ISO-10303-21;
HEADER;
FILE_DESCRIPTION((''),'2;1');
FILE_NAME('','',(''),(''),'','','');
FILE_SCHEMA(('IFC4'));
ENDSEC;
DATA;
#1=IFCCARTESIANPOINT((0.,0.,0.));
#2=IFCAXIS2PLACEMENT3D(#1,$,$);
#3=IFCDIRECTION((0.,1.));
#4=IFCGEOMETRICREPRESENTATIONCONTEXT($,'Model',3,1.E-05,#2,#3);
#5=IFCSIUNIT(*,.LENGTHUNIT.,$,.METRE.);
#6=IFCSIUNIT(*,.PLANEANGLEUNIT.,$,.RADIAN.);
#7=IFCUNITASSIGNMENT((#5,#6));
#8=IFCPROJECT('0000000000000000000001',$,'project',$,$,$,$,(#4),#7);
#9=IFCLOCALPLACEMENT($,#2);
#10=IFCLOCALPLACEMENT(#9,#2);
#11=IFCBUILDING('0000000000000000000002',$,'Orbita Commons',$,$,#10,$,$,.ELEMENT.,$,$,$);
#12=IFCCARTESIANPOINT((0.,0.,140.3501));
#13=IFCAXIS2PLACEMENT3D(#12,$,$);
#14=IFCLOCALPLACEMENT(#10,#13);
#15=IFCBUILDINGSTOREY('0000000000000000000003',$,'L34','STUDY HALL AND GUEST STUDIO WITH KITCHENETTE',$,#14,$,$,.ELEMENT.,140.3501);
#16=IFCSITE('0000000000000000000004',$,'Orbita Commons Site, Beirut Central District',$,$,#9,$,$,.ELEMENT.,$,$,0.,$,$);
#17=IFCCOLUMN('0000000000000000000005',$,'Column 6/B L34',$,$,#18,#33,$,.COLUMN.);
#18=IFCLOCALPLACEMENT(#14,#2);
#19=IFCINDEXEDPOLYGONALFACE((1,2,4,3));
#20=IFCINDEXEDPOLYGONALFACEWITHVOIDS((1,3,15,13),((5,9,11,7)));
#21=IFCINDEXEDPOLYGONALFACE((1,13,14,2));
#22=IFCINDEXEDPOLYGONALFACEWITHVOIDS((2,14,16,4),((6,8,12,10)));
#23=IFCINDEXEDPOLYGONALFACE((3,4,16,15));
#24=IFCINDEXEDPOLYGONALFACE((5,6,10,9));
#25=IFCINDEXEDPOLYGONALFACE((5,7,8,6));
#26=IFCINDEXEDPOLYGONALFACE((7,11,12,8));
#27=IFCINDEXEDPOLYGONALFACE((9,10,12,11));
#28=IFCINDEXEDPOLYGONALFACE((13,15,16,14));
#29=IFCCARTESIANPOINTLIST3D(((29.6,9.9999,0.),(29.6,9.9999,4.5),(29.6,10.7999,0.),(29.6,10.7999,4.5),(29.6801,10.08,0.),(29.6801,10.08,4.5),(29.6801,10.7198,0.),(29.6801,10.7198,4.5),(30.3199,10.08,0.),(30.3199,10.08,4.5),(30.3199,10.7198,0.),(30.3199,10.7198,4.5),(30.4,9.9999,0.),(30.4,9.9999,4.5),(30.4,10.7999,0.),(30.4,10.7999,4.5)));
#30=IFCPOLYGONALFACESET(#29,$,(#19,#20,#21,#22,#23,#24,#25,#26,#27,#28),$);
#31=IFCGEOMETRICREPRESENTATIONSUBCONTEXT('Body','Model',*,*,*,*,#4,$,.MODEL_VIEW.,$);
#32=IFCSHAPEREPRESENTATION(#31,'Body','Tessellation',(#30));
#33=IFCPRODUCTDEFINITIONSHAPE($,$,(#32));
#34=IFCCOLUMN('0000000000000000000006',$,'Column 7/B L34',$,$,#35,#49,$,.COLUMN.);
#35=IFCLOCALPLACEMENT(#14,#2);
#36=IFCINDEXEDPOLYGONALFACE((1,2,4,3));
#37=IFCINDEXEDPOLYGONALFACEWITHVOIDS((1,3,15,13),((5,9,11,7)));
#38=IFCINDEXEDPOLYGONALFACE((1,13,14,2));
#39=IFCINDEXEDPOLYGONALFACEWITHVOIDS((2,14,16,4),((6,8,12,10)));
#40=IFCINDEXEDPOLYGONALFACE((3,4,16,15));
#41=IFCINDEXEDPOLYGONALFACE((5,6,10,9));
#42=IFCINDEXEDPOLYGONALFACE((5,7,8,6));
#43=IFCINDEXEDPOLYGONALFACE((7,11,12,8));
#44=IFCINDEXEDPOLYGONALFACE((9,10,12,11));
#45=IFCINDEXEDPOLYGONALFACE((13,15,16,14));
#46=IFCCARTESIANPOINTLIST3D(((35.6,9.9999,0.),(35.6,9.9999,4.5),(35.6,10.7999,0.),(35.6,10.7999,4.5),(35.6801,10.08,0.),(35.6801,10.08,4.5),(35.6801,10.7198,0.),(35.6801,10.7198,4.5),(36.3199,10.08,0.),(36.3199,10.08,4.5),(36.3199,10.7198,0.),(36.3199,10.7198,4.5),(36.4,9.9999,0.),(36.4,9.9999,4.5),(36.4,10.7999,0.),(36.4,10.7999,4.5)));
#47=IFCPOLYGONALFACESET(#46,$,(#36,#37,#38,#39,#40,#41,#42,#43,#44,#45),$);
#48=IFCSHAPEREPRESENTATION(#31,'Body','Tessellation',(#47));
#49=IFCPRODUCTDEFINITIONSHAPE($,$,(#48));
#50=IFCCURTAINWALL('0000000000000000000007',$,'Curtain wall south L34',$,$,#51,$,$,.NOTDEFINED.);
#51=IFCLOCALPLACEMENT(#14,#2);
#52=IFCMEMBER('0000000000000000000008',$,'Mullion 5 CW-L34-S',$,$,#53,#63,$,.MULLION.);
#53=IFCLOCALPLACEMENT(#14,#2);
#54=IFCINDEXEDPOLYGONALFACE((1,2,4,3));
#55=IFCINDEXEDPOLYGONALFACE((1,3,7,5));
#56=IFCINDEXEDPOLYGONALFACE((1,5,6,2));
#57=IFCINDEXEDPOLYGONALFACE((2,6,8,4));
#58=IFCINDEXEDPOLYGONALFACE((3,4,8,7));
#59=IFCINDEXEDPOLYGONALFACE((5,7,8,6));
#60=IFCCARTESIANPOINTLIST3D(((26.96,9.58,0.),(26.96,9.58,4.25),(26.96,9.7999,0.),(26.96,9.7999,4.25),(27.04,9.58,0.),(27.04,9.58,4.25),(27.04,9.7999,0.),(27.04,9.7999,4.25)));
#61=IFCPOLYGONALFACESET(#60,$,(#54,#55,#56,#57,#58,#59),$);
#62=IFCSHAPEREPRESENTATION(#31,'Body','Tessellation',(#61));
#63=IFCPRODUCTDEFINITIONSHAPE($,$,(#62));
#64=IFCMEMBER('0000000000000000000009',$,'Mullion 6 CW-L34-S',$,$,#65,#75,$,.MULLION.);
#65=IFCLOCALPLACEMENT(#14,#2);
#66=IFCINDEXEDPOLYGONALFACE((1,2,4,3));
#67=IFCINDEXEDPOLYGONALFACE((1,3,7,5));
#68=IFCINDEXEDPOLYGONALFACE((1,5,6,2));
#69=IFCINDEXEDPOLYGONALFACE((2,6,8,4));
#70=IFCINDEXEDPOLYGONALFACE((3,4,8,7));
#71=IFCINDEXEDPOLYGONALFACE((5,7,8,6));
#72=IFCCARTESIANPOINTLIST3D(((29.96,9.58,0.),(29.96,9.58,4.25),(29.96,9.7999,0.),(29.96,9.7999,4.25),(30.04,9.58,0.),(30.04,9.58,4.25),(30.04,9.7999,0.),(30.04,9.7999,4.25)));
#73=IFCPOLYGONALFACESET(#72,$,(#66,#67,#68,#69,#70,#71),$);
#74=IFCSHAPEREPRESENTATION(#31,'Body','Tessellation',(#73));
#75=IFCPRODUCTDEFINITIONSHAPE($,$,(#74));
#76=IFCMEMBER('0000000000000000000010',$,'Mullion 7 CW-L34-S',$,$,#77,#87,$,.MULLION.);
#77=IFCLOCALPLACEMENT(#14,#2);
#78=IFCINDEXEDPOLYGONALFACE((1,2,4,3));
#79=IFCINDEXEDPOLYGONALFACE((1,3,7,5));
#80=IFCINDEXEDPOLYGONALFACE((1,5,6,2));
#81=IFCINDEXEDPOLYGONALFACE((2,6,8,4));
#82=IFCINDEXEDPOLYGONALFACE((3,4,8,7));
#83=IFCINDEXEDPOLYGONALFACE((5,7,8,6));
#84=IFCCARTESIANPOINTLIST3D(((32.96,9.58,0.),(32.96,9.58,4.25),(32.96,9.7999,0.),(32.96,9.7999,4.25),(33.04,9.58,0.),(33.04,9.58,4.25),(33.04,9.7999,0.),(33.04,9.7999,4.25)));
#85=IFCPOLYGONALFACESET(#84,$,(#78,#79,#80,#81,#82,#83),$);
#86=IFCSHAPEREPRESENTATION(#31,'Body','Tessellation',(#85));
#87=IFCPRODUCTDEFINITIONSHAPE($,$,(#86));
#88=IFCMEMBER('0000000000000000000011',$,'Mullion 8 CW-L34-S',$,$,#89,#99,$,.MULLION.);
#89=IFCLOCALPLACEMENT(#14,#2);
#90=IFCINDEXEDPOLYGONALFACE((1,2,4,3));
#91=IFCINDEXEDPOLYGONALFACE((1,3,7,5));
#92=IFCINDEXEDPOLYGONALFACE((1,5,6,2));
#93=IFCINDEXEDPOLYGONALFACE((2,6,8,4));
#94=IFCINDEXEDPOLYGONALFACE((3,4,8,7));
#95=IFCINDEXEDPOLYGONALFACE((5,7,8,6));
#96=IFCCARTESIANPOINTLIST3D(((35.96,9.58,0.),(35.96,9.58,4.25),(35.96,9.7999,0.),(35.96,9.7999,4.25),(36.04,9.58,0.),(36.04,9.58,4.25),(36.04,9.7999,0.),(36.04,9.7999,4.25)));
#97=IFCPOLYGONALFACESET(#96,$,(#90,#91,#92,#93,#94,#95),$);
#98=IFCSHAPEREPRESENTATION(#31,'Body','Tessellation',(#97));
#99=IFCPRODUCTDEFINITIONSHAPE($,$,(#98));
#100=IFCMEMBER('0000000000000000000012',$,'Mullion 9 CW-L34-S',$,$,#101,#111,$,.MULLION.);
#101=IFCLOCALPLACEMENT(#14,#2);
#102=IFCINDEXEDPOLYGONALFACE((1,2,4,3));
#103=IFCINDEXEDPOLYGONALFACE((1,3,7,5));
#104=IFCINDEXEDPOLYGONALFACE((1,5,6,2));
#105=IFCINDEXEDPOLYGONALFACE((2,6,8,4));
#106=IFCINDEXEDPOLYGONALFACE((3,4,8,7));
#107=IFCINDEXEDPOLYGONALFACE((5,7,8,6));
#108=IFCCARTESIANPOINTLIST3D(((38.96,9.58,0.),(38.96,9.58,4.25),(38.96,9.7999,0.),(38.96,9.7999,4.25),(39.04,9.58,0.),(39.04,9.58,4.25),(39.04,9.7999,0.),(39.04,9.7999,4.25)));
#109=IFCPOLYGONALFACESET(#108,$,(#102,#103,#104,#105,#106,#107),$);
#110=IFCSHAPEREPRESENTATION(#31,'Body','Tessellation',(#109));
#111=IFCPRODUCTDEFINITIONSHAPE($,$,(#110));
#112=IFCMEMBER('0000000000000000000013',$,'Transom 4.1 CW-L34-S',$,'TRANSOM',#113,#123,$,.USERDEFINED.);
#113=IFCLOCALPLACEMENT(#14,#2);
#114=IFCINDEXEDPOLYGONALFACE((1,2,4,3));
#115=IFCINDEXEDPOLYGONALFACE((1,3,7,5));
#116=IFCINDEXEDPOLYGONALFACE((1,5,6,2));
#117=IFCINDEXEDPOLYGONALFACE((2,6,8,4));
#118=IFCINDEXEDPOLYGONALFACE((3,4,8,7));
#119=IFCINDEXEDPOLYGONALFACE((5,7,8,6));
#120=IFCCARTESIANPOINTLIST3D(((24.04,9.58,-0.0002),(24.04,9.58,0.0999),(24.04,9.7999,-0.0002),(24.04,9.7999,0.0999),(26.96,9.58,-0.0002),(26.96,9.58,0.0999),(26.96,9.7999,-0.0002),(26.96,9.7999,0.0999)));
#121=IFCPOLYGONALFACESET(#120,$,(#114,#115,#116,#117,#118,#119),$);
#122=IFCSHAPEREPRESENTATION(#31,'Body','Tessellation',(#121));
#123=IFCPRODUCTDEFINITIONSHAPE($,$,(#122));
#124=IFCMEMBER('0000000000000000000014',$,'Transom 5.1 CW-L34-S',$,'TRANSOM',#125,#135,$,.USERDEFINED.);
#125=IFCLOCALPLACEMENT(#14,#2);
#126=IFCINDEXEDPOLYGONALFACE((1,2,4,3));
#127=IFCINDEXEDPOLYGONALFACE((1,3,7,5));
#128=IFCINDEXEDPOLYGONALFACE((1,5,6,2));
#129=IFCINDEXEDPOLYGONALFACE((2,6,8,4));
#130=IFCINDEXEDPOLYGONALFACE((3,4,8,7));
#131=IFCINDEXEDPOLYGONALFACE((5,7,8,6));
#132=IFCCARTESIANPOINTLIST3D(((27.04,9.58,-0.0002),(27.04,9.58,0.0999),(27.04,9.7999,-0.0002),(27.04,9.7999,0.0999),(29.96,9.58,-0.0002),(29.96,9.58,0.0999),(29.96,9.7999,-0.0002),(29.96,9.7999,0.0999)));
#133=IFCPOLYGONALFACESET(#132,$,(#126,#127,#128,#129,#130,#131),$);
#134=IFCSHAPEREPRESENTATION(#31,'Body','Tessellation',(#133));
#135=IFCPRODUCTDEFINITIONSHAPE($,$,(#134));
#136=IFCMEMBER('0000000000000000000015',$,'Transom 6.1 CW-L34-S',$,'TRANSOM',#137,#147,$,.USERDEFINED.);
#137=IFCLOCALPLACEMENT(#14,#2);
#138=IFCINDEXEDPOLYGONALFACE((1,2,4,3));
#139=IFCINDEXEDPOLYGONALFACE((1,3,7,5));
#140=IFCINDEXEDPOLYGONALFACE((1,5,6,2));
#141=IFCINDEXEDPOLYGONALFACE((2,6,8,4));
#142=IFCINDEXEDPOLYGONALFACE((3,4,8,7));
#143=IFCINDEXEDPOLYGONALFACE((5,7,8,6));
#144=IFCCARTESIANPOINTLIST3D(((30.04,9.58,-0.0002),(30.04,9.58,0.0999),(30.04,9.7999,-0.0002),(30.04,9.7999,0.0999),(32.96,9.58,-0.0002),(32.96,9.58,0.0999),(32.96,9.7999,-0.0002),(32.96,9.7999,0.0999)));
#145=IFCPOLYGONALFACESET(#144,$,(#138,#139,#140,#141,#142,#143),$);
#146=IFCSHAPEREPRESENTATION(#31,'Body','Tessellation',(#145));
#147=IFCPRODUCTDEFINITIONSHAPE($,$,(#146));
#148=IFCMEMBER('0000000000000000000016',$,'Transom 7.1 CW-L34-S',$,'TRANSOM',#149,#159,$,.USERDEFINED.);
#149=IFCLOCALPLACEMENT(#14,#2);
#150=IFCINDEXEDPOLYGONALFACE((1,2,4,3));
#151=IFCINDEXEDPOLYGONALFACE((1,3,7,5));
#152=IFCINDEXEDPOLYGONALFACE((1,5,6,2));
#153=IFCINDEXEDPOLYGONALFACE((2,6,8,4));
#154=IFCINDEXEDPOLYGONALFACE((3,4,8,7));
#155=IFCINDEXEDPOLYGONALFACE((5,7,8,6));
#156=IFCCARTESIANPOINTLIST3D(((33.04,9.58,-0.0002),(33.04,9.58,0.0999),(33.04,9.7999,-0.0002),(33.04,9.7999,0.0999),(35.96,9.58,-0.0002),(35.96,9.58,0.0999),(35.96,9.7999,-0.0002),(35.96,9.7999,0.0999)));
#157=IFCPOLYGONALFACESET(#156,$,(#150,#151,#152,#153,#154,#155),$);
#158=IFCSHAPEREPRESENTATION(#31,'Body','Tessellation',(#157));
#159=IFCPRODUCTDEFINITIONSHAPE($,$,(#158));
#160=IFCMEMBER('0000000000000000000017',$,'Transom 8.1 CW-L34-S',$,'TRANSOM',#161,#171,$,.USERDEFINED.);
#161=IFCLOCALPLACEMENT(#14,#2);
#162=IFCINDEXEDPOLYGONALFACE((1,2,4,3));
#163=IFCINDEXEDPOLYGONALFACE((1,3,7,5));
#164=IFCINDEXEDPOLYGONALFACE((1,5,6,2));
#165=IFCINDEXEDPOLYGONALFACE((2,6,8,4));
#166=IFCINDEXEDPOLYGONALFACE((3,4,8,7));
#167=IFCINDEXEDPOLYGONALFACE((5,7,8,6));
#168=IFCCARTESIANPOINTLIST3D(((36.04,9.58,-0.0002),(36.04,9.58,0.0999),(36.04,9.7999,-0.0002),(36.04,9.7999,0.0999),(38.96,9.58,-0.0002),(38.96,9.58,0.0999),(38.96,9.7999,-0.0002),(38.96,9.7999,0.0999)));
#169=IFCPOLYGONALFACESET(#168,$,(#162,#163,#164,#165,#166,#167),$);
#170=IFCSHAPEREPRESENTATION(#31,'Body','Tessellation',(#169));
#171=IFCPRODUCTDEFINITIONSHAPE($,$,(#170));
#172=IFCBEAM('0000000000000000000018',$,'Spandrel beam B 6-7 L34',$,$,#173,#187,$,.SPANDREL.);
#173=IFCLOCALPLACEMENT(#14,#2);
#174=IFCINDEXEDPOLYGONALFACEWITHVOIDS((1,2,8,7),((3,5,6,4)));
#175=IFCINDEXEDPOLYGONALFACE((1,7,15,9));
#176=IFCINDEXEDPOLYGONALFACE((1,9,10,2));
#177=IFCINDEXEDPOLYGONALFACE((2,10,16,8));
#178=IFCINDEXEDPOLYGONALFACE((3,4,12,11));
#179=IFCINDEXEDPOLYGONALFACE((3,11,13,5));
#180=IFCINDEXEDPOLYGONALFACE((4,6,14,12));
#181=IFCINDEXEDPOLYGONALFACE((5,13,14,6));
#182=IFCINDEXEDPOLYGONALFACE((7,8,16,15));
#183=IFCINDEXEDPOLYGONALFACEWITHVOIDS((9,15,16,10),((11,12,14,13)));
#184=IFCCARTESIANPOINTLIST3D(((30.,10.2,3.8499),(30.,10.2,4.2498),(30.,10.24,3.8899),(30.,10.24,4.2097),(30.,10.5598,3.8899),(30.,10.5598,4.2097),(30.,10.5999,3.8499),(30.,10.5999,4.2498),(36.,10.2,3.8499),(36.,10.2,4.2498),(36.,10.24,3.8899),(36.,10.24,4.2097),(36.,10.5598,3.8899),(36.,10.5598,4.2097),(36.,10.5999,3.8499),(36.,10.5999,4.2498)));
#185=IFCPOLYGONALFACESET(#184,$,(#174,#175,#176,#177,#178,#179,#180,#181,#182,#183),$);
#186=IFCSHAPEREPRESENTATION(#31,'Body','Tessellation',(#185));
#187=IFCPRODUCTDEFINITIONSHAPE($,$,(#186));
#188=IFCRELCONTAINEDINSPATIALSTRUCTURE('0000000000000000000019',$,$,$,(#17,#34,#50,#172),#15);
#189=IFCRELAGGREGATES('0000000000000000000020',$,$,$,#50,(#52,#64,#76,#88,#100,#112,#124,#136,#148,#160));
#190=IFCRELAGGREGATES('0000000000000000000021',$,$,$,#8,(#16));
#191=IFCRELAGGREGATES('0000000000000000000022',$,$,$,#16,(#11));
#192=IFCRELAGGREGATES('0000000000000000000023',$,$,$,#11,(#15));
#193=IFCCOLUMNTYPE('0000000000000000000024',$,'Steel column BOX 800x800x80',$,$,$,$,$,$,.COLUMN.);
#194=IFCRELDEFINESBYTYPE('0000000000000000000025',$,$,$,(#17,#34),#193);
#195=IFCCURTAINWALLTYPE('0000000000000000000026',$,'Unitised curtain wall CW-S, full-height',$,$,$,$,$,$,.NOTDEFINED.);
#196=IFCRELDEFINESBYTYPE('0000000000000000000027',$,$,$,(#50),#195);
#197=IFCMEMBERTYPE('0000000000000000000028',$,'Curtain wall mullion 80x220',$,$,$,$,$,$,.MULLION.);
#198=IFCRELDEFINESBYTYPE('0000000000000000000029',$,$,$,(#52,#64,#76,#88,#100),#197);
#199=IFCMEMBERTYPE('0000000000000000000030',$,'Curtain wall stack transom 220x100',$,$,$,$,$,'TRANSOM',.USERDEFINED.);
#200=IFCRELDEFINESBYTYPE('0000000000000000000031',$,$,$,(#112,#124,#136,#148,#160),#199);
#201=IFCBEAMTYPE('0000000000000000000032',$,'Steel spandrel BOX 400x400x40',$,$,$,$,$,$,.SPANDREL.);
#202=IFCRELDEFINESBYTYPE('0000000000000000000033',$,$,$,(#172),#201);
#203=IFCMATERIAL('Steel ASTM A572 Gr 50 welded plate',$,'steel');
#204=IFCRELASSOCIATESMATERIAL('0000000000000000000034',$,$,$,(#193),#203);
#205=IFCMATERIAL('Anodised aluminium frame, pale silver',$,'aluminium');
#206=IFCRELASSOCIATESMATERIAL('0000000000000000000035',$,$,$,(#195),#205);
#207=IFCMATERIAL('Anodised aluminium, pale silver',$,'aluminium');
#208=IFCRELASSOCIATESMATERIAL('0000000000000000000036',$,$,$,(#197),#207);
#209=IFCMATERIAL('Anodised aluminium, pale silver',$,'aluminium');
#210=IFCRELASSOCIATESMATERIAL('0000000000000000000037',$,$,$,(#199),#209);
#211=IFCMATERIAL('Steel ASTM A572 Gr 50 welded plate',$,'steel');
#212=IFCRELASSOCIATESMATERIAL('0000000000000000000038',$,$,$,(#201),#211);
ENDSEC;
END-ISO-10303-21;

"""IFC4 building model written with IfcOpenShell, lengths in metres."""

from ifc_helpers import new_model, si_unit, direction, frame, origin, origin_2d, place, context, subcontext, project, spatial, rectangle, hollow_rectangle, extrude, material, material_profile, profile_set, type_object, element, aggregate, save


model = new_model("IFC4")

# Units and contexts
model_context = context("Model", 3, precision=1e-05, world=origin(), true_north=direction((0.0, 1.0)))
body_context = subcontext(model_context, "Body", "Model", "MODEL_VIEW")
ifc_project = project(units=[si_unit("LENGTHUNIT", "METRE"), si_unit("PLANEANGLEUNIT", "RADIAN")], contexts=[model_context])

# Site, building, storey
site_placement = place(None, origin())
site = spatial("IfcSite", under=ifc_project, at=site_placement, Name="Orbita Commons Site, Beirut Central District", CompositionType="ELEMENT", RefElevation=0.0)
building_placement = place(site_placement, origin())
building = spatial("IfcBuilding", under=site, at=building_placement, Name="Orbita Commons", CompositionType="ELEMENT")
storey_placement = place(building_placement, frame((0.0, 0.0, 140.3501)))
storey = spatial("IfcBuildingStorey", under=building, at=storey_placement, Name="L34", Description="STUDY HALL AND GUEST STUDIO WITH KITCHENETTE", CompositionType="ELEMENT", Elevation=140.3501)

# Columns
ifc_material_1 = material(Name="Steel ASTM A572 Gr 50 welded plate", Category="steel")
ifc_material_profile_1 = material_profile(ifc_material_1, hollow_rectangle(XDim=0.8, YDim=0.8, WallThickness=0.0801, at=origin_2d()), Name="BOX 800x800x80")
ifc_profile_set_1 = profile_set([ifc_material_profile_1], Name="Steel ASTM A572 Gr 50 welded plate")
column_type = type_object("IfcColumnType", Name="Steel column BOX 800x800x80", PredefinedType="COLUMN", material=ifc_profile_set_1)
for number, where, z_axis, x_axis, name in (
    (1, (30.0, 10.3999, 0.0), (0.0, 0.0, 1.0), (1.0, 0.0, 0.0), "Column 6/B L34"),
    (2, (36.0, 10.3999, 0.0), (0.0, 0.0, 1.0), (1.0, 0.0, 0.0), "Column 7/B L34"),
):
    element("IfcColumn", number, at=place(storey_placement, frame(where, z_axis=z_axis, x_axis=x_axis)), inside=storey, type_object=column_type, Name=name, PredefinedType="COLUMN", context=body_context, shape_type="SweptSolid", body=[
        extrude(hollow_rectangle(XDim=0.8, YDim=0.8, WallThickness=0.0801, at=origin_2d()), origin(), (0.0, 0.0, 1.0), 4.5),
    ])

# Curtain wall, members
ifc_material_2 = material(Name="Anodised aluminium frame, pale silver", Category="aluminium")
curtain_wall_type = type_object("IfcCurtainWallType", Name="Unitised curtain wall CW-S, full-height", PredefinedType="NOTDEFINED", material=ifc_material_2)
curtain_wall_placement = place(storey_placement, origin())
curtain_wall = element("IfcCurtainWall", 3, at=curtain_wall_placement, inside=storey, type_object=curtain_wall_type, Name="Curtain wall south L34", PredefinedType="NOTDEFINED")
ifc_material_3 = material(Name="Anodised aluminium, pale silver", Category="aluminium")
ifc_material_profile_2 = material_profile(ifc_material_3, rectangle(XDim=0.0801, YDim=0.22, at=origin_2d()), Name="AL 80x220")
ifc_profile_set_2 = profile_set([ifc_material_profile_2], Name="Anodised aluminium, pale silver")
member_type_1 = type_object("IfcMemberType", Name="Curtain wall mullion 80x220", PredefinedType="MULLION", material=ifc_profile_set_2)
member_1_placement = place(storey_placement, frame((27.0, 9.6899, 0.0), z_axis=(0.0, 0.0, 1.0), x_axis=(1.0, 0.0, 0.0)))
member_1 = element("IfcMember", 4, at=member_1_placement, type_object=member_type_1, Name="Mullion 5 CW-L34-S", PredefinedType="MULLION", context=body_context, shape_type="SweptSolid", body=[
    extrude(rectangle(XDim=0.0801, YDim=0.22, at=origin_2d()), origin(), (0.0, 0.0, 1.0), 4.25),
])
member_2_placement = place(storey_placement, frame((30.0, 9.6899, 0.0), z_axis=(0.0, 0.0, 1.0), x_axis=(1.0, 0.0, 0.0)))
member_2 = element("IfcMember", 5, at=member_2_placement, type_object=member_type_1, Name="Mullion 6 CW-L34-S", PredefinedType="MULLION", context=body_context, shape_type="SweptSolid", body=[
    extrude(rectangle(XDim=0.0801, YDim=0.22, at=origin_2d()), origin(), (0.0, 0.0, 1.0), 4.25),
])
member_3_placement = place(storey_placement, frame((33.0, 9.6899, 0.0), z_axis=(0.0, 0.0, 1.0), x_axis=(1.0, 0.0, 0.0)))
member_3 = element("IfcMember", 6, at=member_3_placement, type_object=member_type_1, Name="Mullion 7 CW-L34-S", PredefinedType="MULLION", context=body_context, shape_type="SweptSolid", body=[
    extrude(rectangle(XDim=0.0801, YDim=0.22, at=origin_2d()), origin(), (0.0, 0.0, 1.0), 4.25),
])
member_4_placement = place(storey_placement, frame((36.0, 9.6899, 0.0), z_axis=(0.0, 0.0, 1.0), x_axis=(1.0, 0.0, 0.0)))
member_4 = element("IfcMember", 7, at=member_4_placement, type_object=member_type_1, Name="Mullion 8 CW-L34-S", PredefinedType="MULLION", context=body_context, shape_type="SweptSolid", body=[
    extrude(rectangle(XDim=0.0801, YDim=0.22, at=origin_2d()), origin(), (0.0, 0.0, 1.0), 4.25),
])
member_5_placement = place(storey_placement, frame((39.0, 9.6899, 0.0), z_axis=(0.0, 0.0, 1.0), x_axis=(1.0, 0.0, 0.0)))
member_5 = element("IfcMember", 8, at=member_5_placement, type_object=member_type_1, Name="Mullion 9 CW-L34-S", PredefinedType="MULLION", context=body_context, shape_type="SweptSolid", body=[
    extrude(rectangle(XDim=0.0801, YDim=0.22, at=origin_2d()), origin(), (0.0, 0.0, 1.0), 4.25),
])
ifc_material_4 = material(Name="Anodised aluminium, pale silver", Category="aluminium")
ifc_material_profile_3 = material_profile(ifc_material_4, rectangle(XDim=0.22, YDim=0.1001, at=origin_2d()), Name="AL 220x100")
ifc_profile_set_3 = profile_set([ifc_material_profile_3], Name="Anodised aluminium, pale silver")
member_type_2 = type_object("IfcMemberType", Name="Curtain wall stack transom 220x100", ElementType="TRANSOM", PredefinedType="USERDEFINED", material=ifc_profile_set_3)
member_6_placement = place(storey_placement, frame((24.04, 9.6899, 0.0498), z_axis=(1.0, 0.0, 0.0), x_axis=(0.0, 1.0, 0.0)))
member_6 = element("IfcMember", 9, at=member_6_placement, type_object=member_type_2, Name="Transom 4.1 CW-L34-S", ObjectType="TRANSOM", PredefinedType="USERDEFINED", context=body_context, shape_type="SweptSolid", body=[
    extrude(rectangle(XDim=0.22, YDim=0.1001, at=origin_2d()), origin(), (0.0, 0.0, 1.0), 2.9199),
])
member_7_placement = place(storey_placement, frame((27.04, 9.6899, 0.0498), z_axis=(1.0, 0.0, 0.0), x_axis=(0.0, 1.0, 0.0)))
member_7 = element("IfcMember", 10, at=member_7_placement, type_object=member_type_2, Name="Transom 5.1 CW-L34-S", ObjectType="TRANSOM", PredefinedType="USERDEFINED", context=body_context, shape_type="SweptSolid", body=[
    extrude(rectangle(XDim=0.22, YDim=0.1001, at=origin_2d()), origin(), (0.0, 0.0, 1.0), 2.9199),
])
member_8_placement = place(storey_placement, frame((30.04, 9.6899, 0.0498), z_axis=(1.0, 0.0, 0.0), x_axis=(0.0, 1.0, 0.0)))
member_8 = element("IfcMember", 11, at=member_8_placement, type_object=member_type_2, Name="Transom 6.1 CW-L34-S", ObjectType="TRANSOM", PredefinedType="USERDEFINED", context=body_context, shape_type="SweptSolid", body=[
    extrude(rectangle(XDim=0.22, YDim=0.1001, at=origin_2d()), origin(), (0.0, 0.0, 1.0), 2.9199),
])
member_9_placement = place(storey_placement, frame((33.04, 9.6899, 0.0498), z_axis=(1.0, 0.0, 0.0), x_axis=(0.0, 1.0, 0.0)))
member_9 = element("IfcMember", 12, at=member_9_placement, type_object=member_type_2, Name="Transom 7.1 CW-L34-S", ObjectType="TRANSOM", PredefinedType="USERDEFINED", context=body_context, shape_type="SweptSolid", body=[
    extrude(rectangle(XDim=0.22, YDim=0.1001, at=origin_2d()), origin(), (0.0, 0.0, 1.0), 2.9199),
])
member_10_placement = place(storey_placement, frame((36.04, 9.6899, 0.0498), z_axis=(1.0, 0.0, 0.0), x_axis=(0.0, 1.0, 0.0)))
member_10 = element("IfcMember", 13, at=member_10_placement, type_object=member_type_2, Name="Transom 8.1 CW-L34-S", ObjectType="TRANSOM", PredefinedType="USERDEFINED", context=body_context, shape_type="SweptSolid", body=[
    extrude(rectangle(XDim=0.22, YDim=0.1001, at=origin_2d()), origin(), (0.0, 0.0, 1.0), 2.9199),
])

# Beam
ifc_material_5 = material(Name="Steel ASTM A572 Gr 50 welded plate", Category="steel")
ifc_material_profile_4 = material_profile(ifc_material_5, hollow_rectangle(XDim=0.3999, YDim=0.3999, WallThickness=0.04, at=origin_2d()), Name="BOX 400x400x40")
ifc_profile_set_4 = profile_set([ifc_material_profile_4], Name="Steel ASTM A572 Gr 50 welded plate")
beam_type = type_object("IfcBeamType", Name="Steel spandrel BOX 400x400x40", PredefinedType="SPANDREL", material=ifc_profile_set_4)
for number, where, z_axis, x_axis, name in (
    (14, (30.0, 10.3999, 4.0498), (1.0, 0.0, 0.0), (0.0, 1.0, 0.0), "Spandrel beam B 6-7 L34"),
):
    element("IfcBeam", number, at=place(storey_placement, frame(where, z_axis=z_axis, x_axis=x_axis)), inside=storey, type_object=beam_type, Name=name, PredefinedType="SPANDREL", context=body_context, shape_type="SweptSolid", body=[
        extrude(hollow_rectangle(XDim=0.3999, YDim=0.3999, WallThickness=0.04, at=origin_2d()), origin(), (0.0, 0.0, 1.0), 6.0),
    ])

aggregate(curtain_wall, [member_1, member_2, member_3, member_4, member_5, member_6, member_7, member_8, member_9, member_10])

save(model, "model.ifc")
